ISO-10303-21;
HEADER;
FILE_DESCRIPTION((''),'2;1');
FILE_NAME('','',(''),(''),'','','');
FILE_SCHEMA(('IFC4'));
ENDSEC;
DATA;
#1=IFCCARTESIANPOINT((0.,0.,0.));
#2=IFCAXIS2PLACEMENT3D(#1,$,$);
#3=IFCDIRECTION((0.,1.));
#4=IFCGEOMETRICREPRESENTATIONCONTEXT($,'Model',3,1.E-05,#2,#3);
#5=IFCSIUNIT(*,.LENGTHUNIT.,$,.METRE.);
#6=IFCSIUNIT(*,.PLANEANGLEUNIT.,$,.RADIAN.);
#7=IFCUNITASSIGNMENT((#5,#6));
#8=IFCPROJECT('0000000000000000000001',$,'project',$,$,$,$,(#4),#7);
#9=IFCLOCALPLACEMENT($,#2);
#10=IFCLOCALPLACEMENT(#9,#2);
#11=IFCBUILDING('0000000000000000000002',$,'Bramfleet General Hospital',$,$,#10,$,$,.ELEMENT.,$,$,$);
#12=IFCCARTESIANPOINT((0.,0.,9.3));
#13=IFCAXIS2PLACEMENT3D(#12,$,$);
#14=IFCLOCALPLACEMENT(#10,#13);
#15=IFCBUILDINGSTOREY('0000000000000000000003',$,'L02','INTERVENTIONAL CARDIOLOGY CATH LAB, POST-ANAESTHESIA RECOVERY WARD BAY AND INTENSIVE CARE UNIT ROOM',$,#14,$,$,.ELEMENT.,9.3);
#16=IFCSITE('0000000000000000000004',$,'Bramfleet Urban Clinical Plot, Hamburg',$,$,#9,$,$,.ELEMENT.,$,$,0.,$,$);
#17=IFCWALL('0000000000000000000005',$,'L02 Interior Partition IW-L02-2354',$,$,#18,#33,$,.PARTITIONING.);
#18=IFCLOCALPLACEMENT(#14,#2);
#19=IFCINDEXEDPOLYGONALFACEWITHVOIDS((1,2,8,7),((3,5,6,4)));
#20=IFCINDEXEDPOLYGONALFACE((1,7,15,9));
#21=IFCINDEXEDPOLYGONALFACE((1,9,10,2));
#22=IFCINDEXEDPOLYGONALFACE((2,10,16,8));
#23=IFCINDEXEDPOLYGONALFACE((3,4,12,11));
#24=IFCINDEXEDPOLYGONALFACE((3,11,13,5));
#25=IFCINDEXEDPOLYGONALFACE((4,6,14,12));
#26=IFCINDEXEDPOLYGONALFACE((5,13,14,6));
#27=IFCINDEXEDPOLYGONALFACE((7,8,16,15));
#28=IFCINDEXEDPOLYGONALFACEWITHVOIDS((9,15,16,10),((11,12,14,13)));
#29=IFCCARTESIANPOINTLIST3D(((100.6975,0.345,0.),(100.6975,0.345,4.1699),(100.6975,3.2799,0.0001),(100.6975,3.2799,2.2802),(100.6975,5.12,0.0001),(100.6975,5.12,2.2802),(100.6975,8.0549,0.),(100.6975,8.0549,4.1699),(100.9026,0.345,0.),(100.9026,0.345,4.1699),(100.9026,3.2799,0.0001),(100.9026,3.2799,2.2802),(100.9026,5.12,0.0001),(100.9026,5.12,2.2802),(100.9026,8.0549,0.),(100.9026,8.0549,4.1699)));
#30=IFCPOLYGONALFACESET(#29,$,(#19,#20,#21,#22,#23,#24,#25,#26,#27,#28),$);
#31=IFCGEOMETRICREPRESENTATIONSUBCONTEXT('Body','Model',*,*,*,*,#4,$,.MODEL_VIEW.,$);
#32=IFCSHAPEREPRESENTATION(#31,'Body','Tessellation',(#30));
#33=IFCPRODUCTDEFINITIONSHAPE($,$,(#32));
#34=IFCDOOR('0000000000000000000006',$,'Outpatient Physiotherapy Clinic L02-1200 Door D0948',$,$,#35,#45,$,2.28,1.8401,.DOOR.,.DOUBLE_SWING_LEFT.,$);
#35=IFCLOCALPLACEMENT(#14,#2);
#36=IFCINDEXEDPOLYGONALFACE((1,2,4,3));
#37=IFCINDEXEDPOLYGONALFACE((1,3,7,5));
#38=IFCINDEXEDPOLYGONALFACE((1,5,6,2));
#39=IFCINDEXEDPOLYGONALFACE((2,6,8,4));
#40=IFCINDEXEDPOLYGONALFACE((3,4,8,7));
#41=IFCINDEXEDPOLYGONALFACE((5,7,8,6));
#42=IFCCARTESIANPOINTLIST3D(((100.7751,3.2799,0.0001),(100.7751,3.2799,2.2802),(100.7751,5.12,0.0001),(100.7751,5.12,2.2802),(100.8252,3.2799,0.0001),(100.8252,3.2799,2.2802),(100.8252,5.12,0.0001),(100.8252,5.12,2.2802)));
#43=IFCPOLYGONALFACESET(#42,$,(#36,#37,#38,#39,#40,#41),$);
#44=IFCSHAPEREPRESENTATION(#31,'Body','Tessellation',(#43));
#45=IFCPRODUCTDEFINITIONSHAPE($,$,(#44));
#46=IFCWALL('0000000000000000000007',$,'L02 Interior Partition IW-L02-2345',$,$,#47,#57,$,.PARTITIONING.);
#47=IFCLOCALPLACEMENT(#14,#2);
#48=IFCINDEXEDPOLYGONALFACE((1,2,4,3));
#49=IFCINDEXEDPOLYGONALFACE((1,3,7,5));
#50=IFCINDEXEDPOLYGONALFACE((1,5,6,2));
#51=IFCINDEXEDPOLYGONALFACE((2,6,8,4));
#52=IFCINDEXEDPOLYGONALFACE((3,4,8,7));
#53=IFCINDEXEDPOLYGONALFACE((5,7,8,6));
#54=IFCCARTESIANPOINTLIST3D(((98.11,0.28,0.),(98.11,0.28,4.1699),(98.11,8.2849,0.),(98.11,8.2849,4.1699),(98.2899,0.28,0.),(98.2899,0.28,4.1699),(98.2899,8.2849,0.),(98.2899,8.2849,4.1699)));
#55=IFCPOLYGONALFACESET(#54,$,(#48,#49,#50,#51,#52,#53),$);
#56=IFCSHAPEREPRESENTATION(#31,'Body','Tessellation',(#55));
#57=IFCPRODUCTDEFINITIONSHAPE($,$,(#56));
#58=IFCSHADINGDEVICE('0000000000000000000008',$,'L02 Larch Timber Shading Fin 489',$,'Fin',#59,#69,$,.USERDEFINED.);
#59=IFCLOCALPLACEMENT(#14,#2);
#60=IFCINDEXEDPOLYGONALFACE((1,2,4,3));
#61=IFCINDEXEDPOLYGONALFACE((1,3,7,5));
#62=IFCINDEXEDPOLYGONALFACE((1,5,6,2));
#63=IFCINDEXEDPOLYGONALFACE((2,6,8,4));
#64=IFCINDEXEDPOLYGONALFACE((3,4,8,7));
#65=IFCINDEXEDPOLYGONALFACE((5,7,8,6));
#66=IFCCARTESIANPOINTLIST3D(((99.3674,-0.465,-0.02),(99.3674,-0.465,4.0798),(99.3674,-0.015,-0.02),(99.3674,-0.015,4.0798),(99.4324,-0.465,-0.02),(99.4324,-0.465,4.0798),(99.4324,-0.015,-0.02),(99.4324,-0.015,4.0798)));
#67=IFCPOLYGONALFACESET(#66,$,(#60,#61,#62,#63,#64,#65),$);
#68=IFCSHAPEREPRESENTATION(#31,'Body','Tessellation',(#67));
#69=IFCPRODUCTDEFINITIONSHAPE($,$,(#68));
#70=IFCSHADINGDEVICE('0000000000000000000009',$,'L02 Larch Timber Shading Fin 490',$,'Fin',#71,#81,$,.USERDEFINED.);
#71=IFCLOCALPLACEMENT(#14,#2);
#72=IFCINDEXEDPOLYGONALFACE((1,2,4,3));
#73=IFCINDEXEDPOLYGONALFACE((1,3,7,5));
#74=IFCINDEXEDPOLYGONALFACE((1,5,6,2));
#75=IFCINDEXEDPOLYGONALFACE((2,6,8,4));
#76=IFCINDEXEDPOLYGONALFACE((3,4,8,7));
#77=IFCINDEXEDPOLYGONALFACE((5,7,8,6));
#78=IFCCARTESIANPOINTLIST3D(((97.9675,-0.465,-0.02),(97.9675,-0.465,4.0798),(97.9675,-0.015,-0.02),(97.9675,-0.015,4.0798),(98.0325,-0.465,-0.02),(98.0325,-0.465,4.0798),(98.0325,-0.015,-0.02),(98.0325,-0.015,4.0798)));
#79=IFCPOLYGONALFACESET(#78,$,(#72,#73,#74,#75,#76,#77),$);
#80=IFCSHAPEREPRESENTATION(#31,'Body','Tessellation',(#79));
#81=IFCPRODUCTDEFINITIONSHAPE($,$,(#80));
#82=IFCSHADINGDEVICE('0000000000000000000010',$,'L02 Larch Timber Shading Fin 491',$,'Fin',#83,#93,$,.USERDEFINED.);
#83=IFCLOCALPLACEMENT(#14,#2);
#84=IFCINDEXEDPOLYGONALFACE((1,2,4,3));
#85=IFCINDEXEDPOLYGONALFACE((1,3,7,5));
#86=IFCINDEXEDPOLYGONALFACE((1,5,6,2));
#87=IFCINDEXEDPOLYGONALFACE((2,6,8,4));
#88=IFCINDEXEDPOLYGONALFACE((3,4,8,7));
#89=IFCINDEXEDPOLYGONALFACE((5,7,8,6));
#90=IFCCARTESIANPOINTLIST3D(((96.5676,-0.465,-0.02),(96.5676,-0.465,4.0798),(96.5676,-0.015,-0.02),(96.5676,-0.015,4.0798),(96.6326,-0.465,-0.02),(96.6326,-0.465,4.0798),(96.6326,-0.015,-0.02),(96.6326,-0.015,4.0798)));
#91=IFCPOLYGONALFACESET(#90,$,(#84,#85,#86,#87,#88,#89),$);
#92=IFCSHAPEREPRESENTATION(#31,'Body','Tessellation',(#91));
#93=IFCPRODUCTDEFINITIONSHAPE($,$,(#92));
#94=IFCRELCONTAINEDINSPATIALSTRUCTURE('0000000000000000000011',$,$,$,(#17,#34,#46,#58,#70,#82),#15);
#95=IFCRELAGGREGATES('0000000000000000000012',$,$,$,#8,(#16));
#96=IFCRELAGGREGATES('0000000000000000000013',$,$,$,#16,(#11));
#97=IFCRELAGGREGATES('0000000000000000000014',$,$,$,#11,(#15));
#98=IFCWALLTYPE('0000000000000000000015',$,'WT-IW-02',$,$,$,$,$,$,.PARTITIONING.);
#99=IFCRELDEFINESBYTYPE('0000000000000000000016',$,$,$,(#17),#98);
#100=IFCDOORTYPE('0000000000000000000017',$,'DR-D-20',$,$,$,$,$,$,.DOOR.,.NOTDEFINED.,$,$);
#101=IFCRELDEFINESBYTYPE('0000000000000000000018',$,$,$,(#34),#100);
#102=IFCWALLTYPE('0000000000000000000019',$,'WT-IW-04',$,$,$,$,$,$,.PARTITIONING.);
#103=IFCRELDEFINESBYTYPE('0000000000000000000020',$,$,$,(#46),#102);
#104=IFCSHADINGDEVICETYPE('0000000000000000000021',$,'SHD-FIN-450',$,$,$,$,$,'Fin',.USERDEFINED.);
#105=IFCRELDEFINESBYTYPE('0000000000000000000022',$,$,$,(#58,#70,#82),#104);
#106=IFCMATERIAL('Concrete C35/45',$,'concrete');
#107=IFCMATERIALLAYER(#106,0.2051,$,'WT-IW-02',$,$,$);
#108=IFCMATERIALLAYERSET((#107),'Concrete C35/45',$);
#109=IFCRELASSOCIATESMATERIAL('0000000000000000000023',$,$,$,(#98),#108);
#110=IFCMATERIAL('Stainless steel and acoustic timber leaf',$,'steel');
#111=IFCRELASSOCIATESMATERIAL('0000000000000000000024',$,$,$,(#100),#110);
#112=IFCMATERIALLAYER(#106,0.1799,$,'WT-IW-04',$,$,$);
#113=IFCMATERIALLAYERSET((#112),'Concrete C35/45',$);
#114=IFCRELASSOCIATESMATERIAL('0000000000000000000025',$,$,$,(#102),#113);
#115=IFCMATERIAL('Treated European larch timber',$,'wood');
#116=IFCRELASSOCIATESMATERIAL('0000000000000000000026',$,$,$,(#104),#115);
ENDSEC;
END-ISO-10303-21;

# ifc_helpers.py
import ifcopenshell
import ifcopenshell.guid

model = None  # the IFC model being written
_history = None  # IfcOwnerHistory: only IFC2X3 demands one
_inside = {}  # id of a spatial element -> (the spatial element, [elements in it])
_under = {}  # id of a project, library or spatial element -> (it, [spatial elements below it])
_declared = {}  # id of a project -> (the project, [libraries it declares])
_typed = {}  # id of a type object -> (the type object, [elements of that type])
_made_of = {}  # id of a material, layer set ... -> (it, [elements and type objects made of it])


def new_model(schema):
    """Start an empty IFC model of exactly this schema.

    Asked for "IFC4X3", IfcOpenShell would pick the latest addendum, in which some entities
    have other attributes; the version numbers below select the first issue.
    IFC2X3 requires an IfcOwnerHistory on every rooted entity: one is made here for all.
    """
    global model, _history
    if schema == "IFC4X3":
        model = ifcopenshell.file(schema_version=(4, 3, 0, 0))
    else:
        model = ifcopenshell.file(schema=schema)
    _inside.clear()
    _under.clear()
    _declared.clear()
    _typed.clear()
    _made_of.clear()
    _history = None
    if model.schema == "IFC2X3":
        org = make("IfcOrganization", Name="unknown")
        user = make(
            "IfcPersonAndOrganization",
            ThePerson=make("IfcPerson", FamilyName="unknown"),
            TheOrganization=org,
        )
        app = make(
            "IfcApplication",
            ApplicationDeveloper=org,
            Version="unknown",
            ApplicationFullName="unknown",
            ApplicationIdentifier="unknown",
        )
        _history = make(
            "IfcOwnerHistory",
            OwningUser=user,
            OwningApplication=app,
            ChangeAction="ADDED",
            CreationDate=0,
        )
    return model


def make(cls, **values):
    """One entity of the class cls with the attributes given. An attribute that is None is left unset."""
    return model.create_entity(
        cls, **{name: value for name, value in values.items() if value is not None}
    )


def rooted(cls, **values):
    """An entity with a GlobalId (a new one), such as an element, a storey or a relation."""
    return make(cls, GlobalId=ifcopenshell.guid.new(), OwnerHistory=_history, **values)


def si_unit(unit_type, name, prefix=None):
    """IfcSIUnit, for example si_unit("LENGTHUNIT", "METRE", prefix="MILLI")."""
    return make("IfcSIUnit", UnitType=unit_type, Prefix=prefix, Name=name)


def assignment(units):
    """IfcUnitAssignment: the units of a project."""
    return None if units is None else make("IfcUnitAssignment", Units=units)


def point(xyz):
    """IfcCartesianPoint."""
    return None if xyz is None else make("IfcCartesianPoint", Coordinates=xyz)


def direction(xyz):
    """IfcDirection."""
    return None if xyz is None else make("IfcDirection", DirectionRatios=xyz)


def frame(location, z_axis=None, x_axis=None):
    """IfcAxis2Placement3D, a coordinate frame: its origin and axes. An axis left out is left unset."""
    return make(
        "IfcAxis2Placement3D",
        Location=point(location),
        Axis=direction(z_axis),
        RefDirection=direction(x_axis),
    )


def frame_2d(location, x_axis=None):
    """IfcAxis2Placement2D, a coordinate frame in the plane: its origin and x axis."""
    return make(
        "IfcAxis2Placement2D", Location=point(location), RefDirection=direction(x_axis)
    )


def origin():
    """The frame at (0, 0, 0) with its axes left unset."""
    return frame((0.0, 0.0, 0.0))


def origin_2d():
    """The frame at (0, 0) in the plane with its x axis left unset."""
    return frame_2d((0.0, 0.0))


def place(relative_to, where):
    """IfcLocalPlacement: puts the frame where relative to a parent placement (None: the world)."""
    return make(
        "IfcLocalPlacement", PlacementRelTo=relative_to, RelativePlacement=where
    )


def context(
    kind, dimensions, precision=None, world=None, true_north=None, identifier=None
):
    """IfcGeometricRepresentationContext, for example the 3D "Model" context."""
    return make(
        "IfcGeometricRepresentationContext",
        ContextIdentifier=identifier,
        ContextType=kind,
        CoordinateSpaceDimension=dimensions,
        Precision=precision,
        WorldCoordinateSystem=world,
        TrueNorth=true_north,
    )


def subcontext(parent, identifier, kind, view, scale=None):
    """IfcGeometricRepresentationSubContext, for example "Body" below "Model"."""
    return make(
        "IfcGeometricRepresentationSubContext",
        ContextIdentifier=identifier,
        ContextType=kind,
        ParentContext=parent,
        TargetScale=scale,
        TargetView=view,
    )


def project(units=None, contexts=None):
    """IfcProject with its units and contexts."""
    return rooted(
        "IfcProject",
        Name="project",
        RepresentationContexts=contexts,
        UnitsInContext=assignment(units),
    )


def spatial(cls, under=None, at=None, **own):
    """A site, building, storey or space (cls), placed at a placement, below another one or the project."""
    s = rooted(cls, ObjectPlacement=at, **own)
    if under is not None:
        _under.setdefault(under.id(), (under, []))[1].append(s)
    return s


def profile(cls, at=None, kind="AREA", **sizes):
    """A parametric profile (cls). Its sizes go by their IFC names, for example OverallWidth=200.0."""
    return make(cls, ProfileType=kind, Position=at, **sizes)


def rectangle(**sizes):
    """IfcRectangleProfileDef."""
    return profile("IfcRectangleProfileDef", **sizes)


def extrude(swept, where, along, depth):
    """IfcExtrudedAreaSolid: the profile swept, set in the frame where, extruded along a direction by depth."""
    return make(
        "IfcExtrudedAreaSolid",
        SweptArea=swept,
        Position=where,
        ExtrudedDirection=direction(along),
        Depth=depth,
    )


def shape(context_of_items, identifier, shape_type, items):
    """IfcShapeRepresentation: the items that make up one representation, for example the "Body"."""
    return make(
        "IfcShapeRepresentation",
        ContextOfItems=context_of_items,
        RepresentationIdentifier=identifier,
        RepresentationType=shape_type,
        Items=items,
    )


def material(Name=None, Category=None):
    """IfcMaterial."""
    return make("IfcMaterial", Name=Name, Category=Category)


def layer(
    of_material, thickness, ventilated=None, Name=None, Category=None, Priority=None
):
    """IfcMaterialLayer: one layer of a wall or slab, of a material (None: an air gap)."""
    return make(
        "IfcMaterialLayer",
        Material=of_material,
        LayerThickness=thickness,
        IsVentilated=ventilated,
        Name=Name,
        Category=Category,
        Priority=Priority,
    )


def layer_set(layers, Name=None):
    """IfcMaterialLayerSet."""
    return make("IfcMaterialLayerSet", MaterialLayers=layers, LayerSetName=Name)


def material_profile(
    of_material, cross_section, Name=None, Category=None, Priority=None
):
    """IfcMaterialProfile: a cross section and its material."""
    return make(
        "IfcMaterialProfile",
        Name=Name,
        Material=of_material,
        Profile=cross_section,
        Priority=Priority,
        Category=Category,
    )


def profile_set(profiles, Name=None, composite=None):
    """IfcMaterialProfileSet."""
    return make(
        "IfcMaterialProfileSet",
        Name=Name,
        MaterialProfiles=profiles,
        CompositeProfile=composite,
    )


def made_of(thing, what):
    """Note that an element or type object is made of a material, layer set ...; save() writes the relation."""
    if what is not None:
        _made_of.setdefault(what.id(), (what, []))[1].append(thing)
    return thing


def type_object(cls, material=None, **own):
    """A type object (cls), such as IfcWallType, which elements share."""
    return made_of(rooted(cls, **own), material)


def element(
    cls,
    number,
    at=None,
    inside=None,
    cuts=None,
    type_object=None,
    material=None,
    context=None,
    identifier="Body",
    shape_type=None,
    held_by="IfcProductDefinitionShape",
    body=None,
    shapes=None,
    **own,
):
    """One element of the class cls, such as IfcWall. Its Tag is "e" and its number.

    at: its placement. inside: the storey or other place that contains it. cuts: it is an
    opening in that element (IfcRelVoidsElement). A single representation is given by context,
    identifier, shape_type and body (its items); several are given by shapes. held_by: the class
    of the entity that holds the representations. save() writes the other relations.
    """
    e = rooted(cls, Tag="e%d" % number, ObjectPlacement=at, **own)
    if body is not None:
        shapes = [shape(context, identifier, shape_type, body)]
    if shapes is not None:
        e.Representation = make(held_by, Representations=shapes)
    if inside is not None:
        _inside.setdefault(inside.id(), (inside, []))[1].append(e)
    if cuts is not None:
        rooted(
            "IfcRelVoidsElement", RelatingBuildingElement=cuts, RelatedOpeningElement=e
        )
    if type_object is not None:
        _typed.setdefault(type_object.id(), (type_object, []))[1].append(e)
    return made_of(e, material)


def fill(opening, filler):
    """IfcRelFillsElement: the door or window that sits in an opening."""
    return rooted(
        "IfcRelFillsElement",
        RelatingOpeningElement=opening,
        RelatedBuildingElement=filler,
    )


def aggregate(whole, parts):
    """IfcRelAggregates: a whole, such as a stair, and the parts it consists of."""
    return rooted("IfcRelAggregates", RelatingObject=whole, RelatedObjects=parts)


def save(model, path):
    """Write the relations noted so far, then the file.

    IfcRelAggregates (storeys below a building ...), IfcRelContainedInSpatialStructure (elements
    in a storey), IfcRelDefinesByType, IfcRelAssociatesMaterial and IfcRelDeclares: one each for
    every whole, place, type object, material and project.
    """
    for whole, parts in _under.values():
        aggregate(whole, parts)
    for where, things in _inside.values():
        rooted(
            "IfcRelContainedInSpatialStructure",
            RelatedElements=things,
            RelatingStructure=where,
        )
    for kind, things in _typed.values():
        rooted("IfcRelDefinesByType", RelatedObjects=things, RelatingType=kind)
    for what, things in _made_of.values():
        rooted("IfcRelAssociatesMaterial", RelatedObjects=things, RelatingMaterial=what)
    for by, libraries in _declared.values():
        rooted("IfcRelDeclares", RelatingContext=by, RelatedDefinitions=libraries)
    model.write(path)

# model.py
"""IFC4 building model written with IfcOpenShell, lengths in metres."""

from ifc_helpers import new_model, si_unit, direction, frame, frame_2d, origin, origin_2d, place, context, subcontext, project, spatial, rectangle, extrude, material, layer, layer_set, material_profile, profile_set, type_object, element, fill, save


model = new_model("IFC4")

# Units and contexts
model_context = context("Model", 3, precision=1e-05, world=origin(), true_north=direction((0.0, 1.0)))
body_context = subcontext(model_context, "Body", "Model", "MODEL_VIEW")
ifc_project = project(units=[si_unit("LENGTHUNIT", "METRE"), si_unit("PLANEANGLEUNIT", "RADIAN")], contexts=[model_context])

# Site, building, storey
site_placement = place(None, origin())
site = spatial("IfcSite", under=ifc_project, at=site_placement, Name="Bramfleet Urban Clinical Plot, Hamburg", CompositionType="ELEMENT", RefElevation=0.0)
building_placement = place(site_placement, origin())
building = spatial("IfcBuilding", under=site, at=building_placement, Name="Bramfleet General Hospital", CompositionType="ELEMENT")
storey_placement = place(building_placement, frame((0.0, 0.0, 9.3)))
storey = spatial("IfcBuildingStorey", under=building, at=storey_placement, Name="L02", Description="INTERVENTIONAL CARDIOLOGY CATH LAB, POST-ANAESTHESIA RECOVERY WARD BAY AND INTENSIVE CARE UNIT ROOM", CompositionType="ELEMENT", Elevation=9.3)

# Shared definitions
ifc_material_1 = material(Name="Concrete C35/45", Category="concrete")

# Wall, opening, door
ifc_layer_1 = layer(ifc_material_1, 0.2051, Name="WT-IW-02")
ifc_layer_set_1 = layer_set([ifc_layer_1], Name="Concrete C35/45")
wall_type_1 = type_object("IfcWallType", Name="WT-IW-02", PredefinedType="PARTITIONING", material=ifc_layer_set_1)
wall_1_placement = place(storey_placement, frame((100.8, 0.345, 0.0), z_axis=(0.0, 0.0, 1.0), x_axis=(0.0, 1.0, 0.0)))
wall_1 = element("IfcWall", 1, at=wall_1_placement, inside=storey, type_object=wall_type_1, Name="L02 Interior Partition IW-L02-2354", PredefinedType="PARTITIONING", context=body_context, shape_type="SweptSolid", body=[
    extrude(rectangle(XDim=7.71, YDim=0.2051, at=frame_2d((3.855, 0.0))), origin(), (0.0, 0.0, 1.0), 4.1699),
])
opening_placement = place(wall_1_placement, frame((2.9351, 0.0, 0.0)))
opening = element("IfcOpeningElement", 2, at=opening_placement, cuts=wall_1, PredefinedType="OPENING", context=body_context, shape_type="SweptSolid", body=[
    extrude(rectangle(XDim=1.8401, YDim=2.28, at=frame_2d((0.9199, 1.1401))), frame((0.0, 0.1125, 0.0), z_axis=(0.0, -1.0, 0.0), x_axis=(1.0, 0.0, 0.0)), (0.0, 0.0, 1.0), 0.2251),
])
ifc_material_2 = material(Name="Stainless steel and acoustic timber leaf", Category="steel")
door_type = type_object("IfcDoorType", Name="DR-D-20", OperationType="NOTDEFINED", PredefinedType="DOOR", material=ifc_material_2)
door_placement = place(opening_placement, origin())
door = element("IfcDoor", 3, at=door_placement, inside=storey, type_object=door_type, Name="Outpatient Physiotherapy Clinic L02-1200 Door D0948", OperationType="DOUBLE_SWING_LEFT", OverallHeight=2.28, OverallWidth=1.8401, PredefinedType="DOOR", context=body_context, shape_type="SweptSolid", body=[
    extrude(rectangle(XDim=1.8401, YDim=2.28, at=frame_2d((0.9199, 1.1401))), frame((0.0, 0.0249, 0.0), z_axis=(0.0, -1.0, 0.0), x_axis=(1.0, 0.0, 0.0)), (0.0, 0.0, 1.0), 0.05),
])
fill(opening, door)

# Wall
ifc_layer_2 = layer(ifc_material_1, 0.1799, Name="WT-IW-04")
ifc_layer_set_2 = layer_set([ifc_layer_2], Name="Concrete C35/45")
wall_type_2 = type_object("IfcWallType", Name="WT-IW-04", PredefinedType="PARTITIONING", material=ifc_layer_set_2)
wall_2_placement = place(storey_placement, frame((98.2, 0.28, 0.0), z_axis=(0.0, 0.0, 1.0), x_axis=(0.0, 1.0, 0.0)))
element("IfcWall", 4, at=wall_2_placement, inside=storey, type_object=wall_type_2, Name="L02 Interior Partition IW-L02-2345", PredefinedType="PARTITIONING", context=body_context, shape_type="SweptSolid", body=[
    extrude(rectangle(XDim=8.0049, YDim=0.1799, at=frame_2d((4.0024, 0.0))), origin(), (0.0, 0.0, 1.0), 4.1699),
])

# Shading devices
ifc_material_3 = material(Name="Treated European larch timber", Category="wood")
ifc_material_profile_1 = material_profile(ifc_material_3, rectangle(XDim=0.0649, YDim=0.45, at=origin_2d()), Name="LARCH FIN 450x65")
ifc_profile_set_1 = profile_set([ifc_material_profile_1], Name="Treated European larch timber")
shading_device_type = type_object("IfcShadingDeviceType", Name="SHD-FIN-450", ElementType="Fin", PredefinedType="USERDEFINED", material=ifc_profile_set_1)
for number, where, z_axis, x_axis, name in (
    (5, (99.3999, -0.24, -0.02), (0.0, 0.0, 1.0), (-1.0, 0.0, 0.0), "L02 Larch Timber Shading Fin 489"),
    (6, (98.0, -0.24, -0.02), (0.0, 0.0, 1.0), (-1.0, 0.0, 0.0), "L02 Larch Timber Shading Fin 490"),
    (7, (96.6001, -0.24, -0.02), (0.0, 0.0, 1.0), (-1.0, 0.0, 0.0), "L02 Larch Timber Shading Fin 491"),
):
    element("IfcShadingDevice", number, at=place(storey_placement, frame(where, z_axis=z_axis, x_axis=x_axis)), inside=storey, type_object=shading_device_type, Name=name, ObjectType="Fin", PredefinedType="USERDEFINED", context=body_context, shape_type="SweptSolid", body=[
        extrude(rectangle(XDim=0.0649, YDim=0.45, at=origin_2d()), origin(), (0.0, 0.0, 1.0), 4.0999),
    ])

save(model, "model.ifc")
